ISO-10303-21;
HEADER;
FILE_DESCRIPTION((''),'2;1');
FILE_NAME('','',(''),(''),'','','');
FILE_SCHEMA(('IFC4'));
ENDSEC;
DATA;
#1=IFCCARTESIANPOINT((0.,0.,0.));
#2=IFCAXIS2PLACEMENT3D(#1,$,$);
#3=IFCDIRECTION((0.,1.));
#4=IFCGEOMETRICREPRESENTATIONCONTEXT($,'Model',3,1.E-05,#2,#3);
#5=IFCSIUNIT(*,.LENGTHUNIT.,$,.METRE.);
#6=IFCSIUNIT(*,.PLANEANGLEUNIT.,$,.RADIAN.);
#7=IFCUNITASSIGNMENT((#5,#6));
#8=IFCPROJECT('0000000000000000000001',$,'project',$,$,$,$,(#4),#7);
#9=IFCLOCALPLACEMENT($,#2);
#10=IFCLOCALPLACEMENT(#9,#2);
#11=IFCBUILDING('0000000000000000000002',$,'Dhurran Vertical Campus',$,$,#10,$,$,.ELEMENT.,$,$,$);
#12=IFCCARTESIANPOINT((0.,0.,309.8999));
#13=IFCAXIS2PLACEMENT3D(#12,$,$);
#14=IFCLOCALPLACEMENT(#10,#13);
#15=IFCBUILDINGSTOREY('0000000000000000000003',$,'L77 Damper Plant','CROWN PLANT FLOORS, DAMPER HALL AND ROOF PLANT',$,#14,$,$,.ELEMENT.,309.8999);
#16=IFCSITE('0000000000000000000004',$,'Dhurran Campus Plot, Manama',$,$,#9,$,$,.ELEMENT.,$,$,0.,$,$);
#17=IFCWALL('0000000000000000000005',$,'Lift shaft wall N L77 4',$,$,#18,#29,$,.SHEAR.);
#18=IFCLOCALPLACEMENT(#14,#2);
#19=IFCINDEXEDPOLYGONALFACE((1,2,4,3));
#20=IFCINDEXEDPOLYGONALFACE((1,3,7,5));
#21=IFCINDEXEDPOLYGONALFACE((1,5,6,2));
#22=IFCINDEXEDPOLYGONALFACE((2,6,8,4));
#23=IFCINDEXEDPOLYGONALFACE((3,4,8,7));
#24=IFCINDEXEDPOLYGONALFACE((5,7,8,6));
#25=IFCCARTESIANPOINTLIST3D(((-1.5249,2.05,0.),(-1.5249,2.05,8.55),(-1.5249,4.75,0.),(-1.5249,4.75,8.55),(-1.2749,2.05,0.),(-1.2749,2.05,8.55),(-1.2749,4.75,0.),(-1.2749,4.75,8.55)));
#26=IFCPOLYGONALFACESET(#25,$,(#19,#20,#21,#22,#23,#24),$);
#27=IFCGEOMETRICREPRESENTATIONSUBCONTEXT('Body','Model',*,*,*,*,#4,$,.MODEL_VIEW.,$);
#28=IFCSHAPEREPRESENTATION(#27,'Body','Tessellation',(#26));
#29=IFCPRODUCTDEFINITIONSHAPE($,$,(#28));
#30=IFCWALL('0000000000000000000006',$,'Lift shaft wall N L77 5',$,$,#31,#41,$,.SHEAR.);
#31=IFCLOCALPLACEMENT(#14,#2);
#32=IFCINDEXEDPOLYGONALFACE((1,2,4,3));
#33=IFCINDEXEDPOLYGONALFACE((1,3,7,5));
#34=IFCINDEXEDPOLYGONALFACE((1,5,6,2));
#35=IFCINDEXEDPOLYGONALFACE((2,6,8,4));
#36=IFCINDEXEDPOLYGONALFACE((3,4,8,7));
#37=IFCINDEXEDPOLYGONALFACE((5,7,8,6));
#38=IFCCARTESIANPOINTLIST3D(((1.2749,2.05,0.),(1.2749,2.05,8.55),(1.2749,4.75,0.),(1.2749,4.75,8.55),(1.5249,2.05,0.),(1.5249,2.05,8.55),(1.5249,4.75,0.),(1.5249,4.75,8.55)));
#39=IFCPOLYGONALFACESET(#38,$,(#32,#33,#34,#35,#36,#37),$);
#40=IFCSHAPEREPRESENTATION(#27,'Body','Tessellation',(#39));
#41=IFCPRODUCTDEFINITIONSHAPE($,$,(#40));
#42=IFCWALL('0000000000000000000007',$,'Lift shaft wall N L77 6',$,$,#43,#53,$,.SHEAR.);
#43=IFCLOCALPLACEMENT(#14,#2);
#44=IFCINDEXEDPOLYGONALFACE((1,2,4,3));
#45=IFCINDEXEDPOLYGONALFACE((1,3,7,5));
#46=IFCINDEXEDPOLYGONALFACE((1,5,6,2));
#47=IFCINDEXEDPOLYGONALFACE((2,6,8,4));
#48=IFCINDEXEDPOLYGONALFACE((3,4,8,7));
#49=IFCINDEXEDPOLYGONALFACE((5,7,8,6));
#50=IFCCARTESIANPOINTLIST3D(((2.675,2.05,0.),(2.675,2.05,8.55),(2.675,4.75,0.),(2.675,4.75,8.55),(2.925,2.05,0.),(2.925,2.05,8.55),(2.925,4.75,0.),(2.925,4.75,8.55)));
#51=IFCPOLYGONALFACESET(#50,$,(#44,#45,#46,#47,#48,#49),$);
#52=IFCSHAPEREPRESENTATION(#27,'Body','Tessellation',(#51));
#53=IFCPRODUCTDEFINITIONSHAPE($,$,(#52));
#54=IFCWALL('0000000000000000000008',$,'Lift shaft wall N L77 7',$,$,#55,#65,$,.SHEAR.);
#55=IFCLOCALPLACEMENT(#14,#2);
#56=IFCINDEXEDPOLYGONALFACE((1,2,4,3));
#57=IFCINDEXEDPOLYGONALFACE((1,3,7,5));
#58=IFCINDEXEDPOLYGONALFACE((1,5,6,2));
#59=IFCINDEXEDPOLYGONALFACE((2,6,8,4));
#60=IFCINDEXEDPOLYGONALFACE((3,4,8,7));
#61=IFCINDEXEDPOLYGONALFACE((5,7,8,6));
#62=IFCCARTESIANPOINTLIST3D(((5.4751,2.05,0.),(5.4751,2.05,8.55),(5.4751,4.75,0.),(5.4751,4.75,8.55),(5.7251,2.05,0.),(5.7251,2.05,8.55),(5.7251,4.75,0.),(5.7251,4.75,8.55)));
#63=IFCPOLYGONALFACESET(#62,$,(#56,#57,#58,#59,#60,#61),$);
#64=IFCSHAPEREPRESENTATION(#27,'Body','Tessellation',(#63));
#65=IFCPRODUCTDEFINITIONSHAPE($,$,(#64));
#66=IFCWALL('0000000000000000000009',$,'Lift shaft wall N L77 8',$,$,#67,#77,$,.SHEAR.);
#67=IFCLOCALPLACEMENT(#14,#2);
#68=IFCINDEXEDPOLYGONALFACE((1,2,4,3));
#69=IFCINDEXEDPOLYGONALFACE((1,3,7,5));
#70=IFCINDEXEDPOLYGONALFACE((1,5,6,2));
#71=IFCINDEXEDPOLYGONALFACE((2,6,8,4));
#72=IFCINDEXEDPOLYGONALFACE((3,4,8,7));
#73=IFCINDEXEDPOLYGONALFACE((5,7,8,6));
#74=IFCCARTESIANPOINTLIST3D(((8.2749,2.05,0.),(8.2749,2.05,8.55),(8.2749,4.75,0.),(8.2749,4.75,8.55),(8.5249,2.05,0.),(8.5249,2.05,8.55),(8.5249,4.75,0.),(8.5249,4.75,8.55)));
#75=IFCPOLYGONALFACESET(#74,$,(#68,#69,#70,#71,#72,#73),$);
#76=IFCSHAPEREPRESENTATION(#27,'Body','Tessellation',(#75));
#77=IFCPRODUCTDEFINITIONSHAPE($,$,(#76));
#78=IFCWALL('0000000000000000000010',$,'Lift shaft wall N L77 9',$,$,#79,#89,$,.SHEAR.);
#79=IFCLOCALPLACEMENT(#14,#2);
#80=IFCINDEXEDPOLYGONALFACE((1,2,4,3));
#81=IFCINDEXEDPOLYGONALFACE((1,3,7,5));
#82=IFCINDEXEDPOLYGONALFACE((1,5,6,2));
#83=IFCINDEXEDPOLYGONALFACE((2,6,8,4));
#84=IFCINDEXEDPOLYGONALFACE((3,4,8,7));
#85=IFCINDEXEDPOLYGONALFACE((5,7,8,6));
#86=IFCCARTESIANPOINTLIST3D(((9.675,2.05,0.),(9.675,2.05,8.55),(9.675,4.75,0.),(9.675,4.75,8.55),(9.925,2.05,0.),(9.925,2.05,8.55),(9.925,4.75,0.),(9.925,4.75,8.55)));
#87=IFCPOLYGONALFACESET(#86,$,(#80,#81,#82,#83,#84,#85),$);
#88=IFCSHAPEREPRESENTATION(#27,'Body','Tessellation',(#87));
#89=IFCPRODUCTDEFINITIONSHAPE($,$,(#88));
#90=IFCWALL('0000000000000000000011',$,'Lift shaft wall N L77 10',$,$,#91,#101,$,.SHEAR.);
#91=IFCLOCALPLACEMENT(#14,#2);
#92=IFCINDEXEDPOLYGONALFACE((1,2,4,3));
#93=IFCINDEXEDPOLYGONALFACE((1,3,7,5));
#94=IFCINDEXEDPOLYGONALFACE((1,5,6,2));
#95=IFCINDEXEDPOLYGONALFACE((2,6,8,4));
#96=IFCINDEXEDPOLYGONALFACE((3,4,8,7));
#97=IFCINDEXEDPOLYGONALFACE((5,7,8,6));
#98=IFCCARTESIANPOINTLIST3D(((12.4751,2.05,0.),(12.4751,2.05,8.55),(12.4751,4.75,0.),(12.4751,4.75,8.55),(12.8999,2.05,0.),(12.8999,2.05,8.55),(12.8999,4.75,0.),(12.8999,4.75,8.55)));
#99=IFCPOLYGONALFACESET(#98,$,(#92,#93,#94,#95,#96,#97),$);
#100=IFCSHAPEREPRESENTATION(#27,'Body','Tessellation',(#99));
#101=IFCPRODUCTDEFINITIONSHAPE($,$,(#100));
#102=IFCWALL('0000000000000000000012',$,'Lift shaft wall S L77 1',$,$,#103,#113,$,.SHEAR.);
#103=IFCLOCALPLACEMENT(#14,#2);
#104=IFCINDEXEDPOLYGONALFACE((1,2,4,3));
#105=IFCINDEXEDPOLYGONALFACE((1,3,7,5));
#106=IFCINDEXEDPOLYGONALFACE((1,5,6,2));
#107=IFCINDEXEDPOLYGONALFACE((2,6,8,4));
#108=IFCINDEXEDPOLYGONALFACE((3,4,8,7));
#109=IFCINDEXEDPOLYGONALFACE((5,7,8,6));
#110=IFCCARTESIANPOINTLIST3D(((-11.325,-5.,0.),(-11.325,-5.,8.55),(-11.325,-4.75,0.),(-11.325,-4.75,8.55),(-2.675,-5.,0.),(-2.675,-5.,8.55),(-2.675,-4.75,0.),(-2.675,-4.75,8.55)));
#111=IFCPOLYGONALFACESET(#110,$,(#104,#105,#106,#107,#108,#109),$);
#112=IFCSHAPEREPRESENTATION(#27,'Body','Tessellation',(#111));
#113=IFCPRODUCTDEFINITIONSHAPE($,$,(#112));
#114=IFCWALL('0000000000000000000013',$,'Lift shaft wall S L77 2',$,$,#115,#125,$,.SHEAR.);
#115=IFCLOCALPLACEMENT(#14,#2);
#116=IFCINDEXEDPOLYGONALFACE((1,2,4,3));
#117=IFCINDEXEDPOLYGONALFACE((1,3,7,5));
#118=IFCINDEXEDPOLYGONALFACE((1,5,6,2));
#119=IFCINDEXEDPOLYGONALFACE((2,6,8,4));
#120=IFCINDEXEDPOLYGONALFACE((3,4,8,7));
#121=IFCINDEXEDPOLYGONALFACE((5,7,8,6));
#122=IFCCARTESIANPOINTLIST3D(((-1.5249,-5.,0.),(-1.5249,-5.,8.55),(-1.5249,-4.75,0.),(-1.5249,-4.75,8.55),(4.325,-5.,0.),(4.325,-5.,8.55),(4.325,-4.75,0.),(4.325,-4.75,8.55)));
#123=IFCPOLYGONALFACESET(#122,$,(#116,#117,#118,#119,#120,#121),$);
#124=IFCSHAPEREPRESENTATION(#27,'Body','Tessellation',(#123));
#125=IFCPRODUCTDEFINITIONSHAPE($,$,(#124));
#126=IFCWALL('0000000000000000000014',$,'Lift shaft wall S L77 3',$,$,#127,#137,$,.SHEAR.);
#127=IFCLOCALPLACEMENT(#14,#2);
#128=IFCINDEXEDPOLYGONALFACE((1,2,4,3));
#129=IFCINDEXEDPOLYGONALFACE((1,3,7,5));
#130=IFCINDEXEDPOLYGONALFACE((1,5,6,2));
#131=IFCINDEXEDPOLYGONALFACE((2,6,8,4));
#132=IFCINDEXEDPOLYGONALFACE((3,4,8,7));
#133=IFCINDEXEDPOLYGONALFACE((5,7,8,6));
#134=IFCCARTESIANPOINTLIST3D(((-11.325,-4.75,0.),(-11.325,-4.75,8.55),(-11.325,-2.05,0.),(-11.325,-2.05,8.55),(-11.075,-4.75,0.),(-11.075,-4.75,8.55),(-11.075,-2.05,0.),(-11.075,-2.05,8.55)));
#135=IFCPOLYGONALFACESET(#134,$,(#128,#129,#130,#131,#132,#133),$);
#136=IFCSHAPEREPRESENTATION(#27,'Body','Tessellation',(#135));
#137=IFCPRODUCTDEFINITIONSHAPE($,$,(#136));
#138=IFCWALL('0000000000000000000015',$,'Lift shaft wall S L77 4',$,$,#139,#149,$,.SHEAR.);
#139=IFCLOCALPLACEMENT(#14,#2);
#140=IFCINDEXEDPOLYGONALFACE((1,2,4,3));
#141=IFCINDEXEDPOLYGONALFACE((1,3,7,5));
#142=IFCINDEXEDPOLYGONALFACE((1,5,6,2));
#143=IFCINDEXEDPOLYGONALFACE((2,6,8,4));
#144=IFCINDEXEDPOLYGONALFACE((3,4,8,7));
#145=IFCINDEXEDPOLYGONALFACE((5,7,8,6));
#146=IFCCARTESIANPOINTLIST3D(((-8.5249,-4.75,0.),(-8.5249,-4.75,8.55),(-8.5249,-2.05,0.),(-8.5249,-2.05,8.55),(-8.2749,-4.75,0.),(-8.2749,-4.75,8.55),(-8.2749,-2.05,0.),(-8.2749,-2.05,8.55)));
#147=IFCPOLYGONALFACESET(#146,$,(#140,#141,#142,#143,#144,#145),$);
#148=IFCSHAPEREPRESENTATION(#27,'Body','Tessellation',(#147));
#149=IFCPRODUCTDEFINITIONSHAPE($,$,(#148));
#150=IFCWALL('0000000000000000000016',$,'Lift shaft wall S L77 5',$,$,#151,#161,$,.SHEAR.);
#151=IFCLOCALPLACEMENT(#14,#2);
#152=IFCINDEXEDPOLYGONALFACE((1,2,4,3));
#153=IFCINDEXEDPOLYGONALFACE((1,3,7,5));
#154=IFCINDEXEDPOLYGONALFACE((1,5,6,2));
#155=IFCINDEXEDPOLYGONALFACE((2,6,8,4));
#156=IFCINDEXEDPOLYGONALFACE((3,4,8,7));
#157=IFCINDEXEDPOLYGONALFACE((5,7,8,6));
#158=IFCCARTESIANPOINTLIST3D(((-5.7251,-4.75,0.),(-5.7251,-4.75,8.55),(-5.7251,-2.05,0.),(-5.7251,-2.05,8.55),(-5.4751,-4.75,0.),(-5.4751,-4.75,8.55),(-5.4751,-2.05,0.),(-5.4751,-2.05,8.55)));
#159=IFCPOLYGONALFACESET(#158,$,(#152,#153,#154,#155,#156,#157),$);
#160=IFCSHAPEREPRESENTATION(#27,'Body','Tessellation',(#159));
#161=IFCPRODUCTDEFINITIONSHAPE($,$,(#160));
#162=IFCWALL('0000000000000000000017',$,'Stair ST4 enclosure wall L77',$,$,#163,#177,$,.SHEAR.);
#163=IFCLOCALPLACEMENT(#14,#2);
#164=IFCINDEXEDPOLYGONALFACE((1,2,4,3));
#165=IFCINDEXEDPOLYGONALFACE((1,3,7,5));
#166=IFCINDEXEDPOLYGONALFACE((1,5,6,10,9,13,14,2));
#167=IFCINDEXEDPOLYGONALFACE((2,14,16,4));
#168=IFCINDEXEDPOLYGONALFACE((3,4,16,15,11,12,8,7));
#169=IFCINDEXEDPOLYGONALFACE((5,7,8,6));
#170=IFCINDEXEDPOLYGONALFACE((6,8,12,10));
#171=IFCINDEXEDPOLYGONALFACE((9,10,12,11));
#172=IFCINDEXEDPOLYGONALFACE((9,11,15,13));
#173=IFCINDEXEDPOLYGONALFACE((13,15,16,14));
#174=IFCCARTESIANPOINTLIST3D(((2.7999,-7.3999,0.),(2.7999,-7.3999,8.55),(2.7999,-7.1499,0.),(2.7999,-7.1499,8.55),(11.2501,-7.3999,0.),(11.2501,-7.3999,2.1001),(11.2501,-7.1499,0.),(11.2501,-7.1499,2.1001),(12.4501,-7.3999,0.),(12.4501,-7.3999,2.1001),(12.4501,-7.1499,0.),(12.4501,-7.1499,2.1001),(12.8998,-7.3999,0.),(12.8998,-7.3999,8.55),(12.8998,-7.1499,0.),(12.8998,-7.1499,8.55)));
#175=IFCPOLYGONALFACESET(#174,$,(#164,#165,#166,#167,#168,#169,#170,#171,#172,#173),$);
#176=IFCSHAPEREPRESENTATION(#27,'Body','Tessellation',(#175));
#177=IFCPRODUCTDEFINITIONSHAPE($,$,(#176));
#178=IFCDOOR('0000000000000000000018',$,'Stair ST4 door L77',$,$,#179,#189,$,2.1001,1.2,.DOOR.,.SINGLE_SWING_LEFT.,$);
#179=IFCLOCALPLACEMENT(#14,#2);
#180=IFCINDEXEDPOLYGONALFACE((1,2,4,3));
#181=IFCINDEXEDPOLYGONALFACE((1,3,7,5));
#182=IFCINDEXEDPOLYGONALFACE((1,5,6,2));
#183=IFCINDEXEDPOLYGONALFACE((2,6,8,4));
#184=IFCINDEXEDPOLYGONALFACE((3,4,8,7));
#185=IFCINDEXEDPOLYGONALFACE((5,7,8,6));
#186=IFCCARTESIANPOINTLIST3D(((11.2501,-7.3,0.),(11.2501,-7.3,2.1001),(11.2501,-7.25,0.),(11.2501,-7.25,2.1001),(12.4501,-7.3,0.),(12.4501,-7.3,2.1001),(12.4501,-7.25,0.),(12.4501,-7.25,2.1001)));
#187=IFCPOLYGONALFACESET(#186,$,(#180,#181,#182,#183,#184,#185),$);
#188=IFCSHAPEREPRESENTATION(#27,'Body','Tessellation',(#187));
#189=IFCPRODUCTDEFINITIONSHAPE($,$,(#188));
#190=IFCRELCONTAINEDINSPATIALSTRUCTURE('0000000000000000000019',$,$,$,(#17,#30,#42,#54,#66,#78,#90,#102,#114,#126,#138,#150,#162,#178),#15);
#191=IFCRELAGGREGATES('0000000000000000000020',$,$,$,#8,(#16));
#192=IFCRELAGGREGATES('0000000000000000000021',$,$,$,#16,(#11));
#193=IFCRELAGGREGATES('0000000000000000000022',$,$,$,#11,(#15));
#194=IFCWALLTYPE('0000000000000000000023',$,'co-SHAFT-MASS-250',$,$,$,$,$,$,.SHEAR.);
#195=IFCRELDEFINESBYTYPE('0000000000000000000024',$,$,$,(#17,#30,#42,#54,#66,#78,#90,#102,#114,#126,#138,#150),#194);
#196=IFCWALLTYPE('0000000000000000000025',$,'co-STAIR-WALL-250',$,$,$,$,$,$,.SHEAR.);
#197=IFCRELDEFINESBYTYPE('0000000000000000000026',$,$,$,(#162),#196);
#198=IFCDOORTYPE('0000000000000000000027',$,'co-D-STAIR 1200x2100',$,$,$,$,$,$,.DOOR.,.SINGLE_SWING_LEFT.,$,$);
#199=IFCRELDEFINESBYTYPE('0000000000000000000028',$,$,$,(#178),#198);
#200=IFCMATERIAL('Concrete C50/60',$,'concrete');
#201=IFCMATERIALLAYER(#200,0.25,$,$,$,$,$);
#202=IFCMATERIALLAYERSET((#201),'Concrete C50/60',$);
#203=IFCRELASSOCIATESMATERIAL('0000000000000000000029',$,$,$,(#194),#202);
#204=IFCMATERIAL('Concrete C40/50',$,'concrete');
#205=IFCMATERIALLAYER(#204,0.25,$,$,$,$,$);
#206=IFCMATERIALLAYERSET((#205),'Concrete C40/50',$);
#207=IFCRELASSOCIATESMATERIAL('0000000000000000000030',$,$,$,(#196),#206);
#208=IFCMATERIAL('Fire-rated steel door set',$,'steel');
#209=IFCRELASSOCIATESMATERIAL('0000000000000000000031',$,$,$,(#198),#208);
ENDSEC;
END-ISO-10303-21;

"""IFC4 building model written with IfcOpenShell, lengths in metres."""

from ifc_helpers import new_model, si_unit, direction, frame, frame_2d, origin, place, context, subcontext, project, spatial, polyline, rectangle, outline, extrude, material, layer, layer_set, type_object, element, fill, save


model = new_model("IFC4")

# Units and contexts
model_context = context("Model", 3, precision=1e-05, world=origin(), true_north=direction((0.0, 1.0)))
body_context = subcontext(model_context, "Body", "Model", "MODEL_VIEW")
ifc_project = project(units=[si_unit("LENGTHUNIT", "METRE"), si_unit("PLANEANGLEUNIT", "RADIAN")], contexts=[model_context])

# Site, building, storey
site_placement = place(None, origin())
site = spatial("IfcSite", under=ifc_project, at=site_placement, Name="Dhurran Campus Plot, Manama", CompositionType="ELEMENT", RefElevation=0.0)
building_placement = place(site_placement, origin())
building = spatial("IfcBuilding", under=site, at=building_placement, Name="Dhurran Vertical Campus", CompositionType="ELEMENT")
storey_placement = place(building_placement, frame((0.0, 0.0, 309.8999)))
storey = spatial("IfcBuildingStorey", under=building, at=storey_placement, Name="L77 Damper Plant", Description="CROWN PLANT FLOORS, DAMPER HALL AND ROOF PLANT", CompositionType="ELEMENT", Elevation=309.8999)

# Walls
ifc_material_1 = material(Name="Concrete C50/60", Category="concrete")
ifc_layer_1 = layer(ifc_material_1, 0.25)
ifc_layer_set_1 = layer_set([ifc_layer_1], Name="Concrete C50/60")
wall_type_1 = type_object("IfcWallType", Name="co-SHAFT-MASS-250", PredefinedType="SHEAR", material=ifc_layer_set_1)
wall_1_placement = place(storey_placement, origin())
element("IfcWall", 1, at=wall_1_placement, inside=storey, type_object=wall_type_1, Name="Lift shaft wall N L77 4", PredefinedType="SHEAR", context=body_context, shape_type="SweptSolid", body=[
    extrude(outline(polyline([(-1.5249, 2.05), (-1.2749, 2.05), (-1.2749, 4.75), (-1.5249, 4.75), (-1.5249, 2.05)])), origin(), (0.0, 0.0, 1.0), 8.55),
])
wall_2_placement = place(storey_placement, origin())
element("IfcWall", 2, at=wall_2_placement, inside=storey, type_object=wall_type_1, Name="Lift shaft wall N L77 5", PredefinedType="SHEAR", context=body_context, shape_type="SweptSolid", body=[
    extrude(outline(polyline([(1.2749, 2.05), (1.5249, 2.05), (1.5249, 4.75), (1.2749, 4.75), (1.2749, 2.05)])), origin(), (0.0, 0.0, 1.0), 8.55),
])
wall_3_placement = place(storey_placement, origin())
element("IfcWall", 3, at=wall_3_placement, inside=storey, type_object=wall_type_1, Name="Lift shaft wall N L77 6", PredefinedType="SHEAR", context=body_context, shape_type="SweptSolid", body=[
    extrude(outline(polyline([(2.675, 2.05), (2.925, 2.05), (2.925, 4.75), (2.675, 4.75), (2.675, 2.05)])), origin(), (0.0, 0.0, 1.0), 8.55),
])
wall_4_placement = place(storey_placement, origin())
element("IfcWall", 4, at=wall_4_placement, inside=storey, type_object=wall_type_1, Name="Lift shaft wall N L77 7", PredefinedType="SHEAR", context=body_context, shape_type="SweptSolid", body=[
    extrude(outline(polyline([(5.4751, 2.05), (5.7251, 2.05), (5.7251, 4.75), (5.4751, 4.75), (5.4751, 2.05)])), origin(), (0.0, 0.0, 1.0), 8.55),
])
wall_5_placement = place(storey_placement, origin())
element("IfcWall", 5, at=wall_5_placement, inside=storey, type_object=wall_type_1, Name="Lift shaft wall N L77 8", PredefinedType="SHEAR", context=body_context, shape_type="SweptSolid", body=[
    extrude(outline(polyline([(8.2749, 2.05), (8.5249, 2.05), (8.5249, 4.75), (8.2749, 4.75), (8.2749, 2.05)])), origin(), (0.0, 0.0, 1.0), 8.55),
])
wall_6_placement = place(storey_placement, origin())
element("IfcWall", 6, at=wall_6_placement, inside=storey, type_object=wall_type_1, Name="Lift shaft wall N L77 9", PredefinedType="SHEAR", context=body_context, shape_type="SweptSolid", body=[
    extrude(outline(polyline([(9.675, 2.05), (9.925, 2.05), (9.925, 4.75), (9.675, 4.75), (9.675, 2.05)])), origin(), (0.0, 0.0, 1.0), 8.55),
])
wall_7_placement = place(storey_placement, origin())
element("IfcWall", 7, at=wall_7_placement, inside=storey, type_object=wall_type_1, Name="Lift shaft wall N L77 10", PredefinedType="SHEAR", context=body_context, shape_type="SweptSolid", body=[
    extrude(outline(polyline([(12.4751, 2.05), (12.8999, 2.05), (12.8999, 4.75), (12.4751, 4.75), (12.4751, 2.05)])), origin(), (0.0, 0.0, 1.0), 8.55),
])
wall_8_placement = place(storey_placement, origin())
element("IfcWall", 8, at=wall_8_placement, inside=storey, type_object=wall_type_1, Name="Lift shaft wall S L77 1", PredefinedType="SHEAR", context=body_context, shape_type="SweptSolid", body=[
    extrude(outline(polyline([(-11.325, -5.0), (-2.675, -5.0), (-2.675, -4.75), (-11.325, -4.75), (-11.325, -5.0)])), origin(), (0.0, 0.0, 1.0), 8.55),
])
wall_9_placement = place(storey_placement, origin())
element("IfcWall", 9, at=wall_9_placement, inside=storey, type_object=wall_type_1, Name="Lift shaft wall S L77 2", PredefinedType="SHEAR", context=body_context, shape_type="SweptSolid", body=[
    extrude(outline(polyline([(-1.5249, -5.0), (4.325, -5.0), (4.325, -4.75), (-1.5249, -4.75), (-1.5249, -5.0)])), origin(), (0.0, 0.0, 1.0), 8.55),
])
wall_10_placement = place(storey_placement, origin())
element("IfcWall", 10, at=wall_10_placement, inside=storey, type_object=wall_type_1, Name="Lift shaft wall S L77 3", PredefinedType="SHEAR", context=body_context, shape_type="SweptSolid", body=[
    extrude(outline(polyline([(-11.325, -4.75), (-11.075, -4.75), (-11.075, -2.05), (-11.325, -2.05), (-11.325, -4.75)])), origin(), (0.0, 0.0, 1.0), 8.55),
])
wall_11_placement = place(storey_placement, origin())
element("IfcWall", 11, at=wall_11_placement, inside=storey, type_object=wall_type_1, Name="Lift shaft wall S L77 4", PredefinedType="SHEAR", context=body_context, shape_type="SweptSolid", body=[
    extrude(outline(polyline([(-8.5249, -4.75), (-8.2749, -4.75), (-8.2749, -2.05), (-8.5249, -2.05), (-8.5249, -4.75)])), origin(), (0.0, 0.0, 1.0), 8.55),
])
wall_12_placement = place(storey_placement, origin())
element("IfcWall", 12, at=wall_12_placement, inside=storey, type_object=wall_type_1, Name="Lift shaft wall S L77 5", PredefinedType="SHEAR", context=body_context, shape_type="SweptSolid", body=[
    extrude(outline(polyline([(-5.7251, -4.75), (-5.4751, -4.75), (-5.4751, -2.05), (-5.7251, -2.05), (-5.7251, -4.75)])), origin(), (0.0, 0.0, 1.0), 8.55),
])

# Wall, opening, door
ifc_material_2 = material(Name="Concrete C40/50", Category="concrete")
ifc_layer_2 = layer(ifc_material_2, 0.25)
ifc_layer_set_2 = layer_set([ifc_layer_2], Name="Concrete C40/50")
wall_type_2 = type_object("IfcWallType", Name="co-STAIR-WALL-250", PredefinedType="SHEAR", material=ifc_layer_set_2)
wall_13_placement = place(storey_placement, frame((2.8, -7.2749, 0.0), z_axis=(0.0, 0.0, 1.0), x_axis=(1.0, 0.0, 0.0)))
wall_13 = element("IfcWall", 13, at=wall_13_placement, inside=storey, type_object=wall_type_2, Name="Stair ST4 enclosure wall L77", PredefinedType="SHEAR", context=body_context, shape_type="SweptSolid", body=[
    extrude(rectangle(XDim=10.0999, YDim=0.25, at=frame_2d((5.0498, 0.0))), origin(), (0.0, 0.0, 1.0), 8.55),
])
opening_1_placement = place(wall_13_placement, frame((8.45, 0.0, 0.0)))
opening_1 = element("IfcOpeningElement", 14, at=opening_1_placement, cuts=wall_13, PredefinedType="OPENING", context=body_context, shape_type="SweptSolid", body=[
    extrude(rectangle(XDim=1.2, YDim=2.1001, at=frame_2d((0.6001, 1.05))), frame((0.0, 0.135, 0.0), z_axis=(0.0, -1.0, 0.0), x_axis=(1.0, 0.0, 0.0)), (0.0, 0.0, 1.0), 0.27),
])
ifc_material_3 = material(Name="Fire-rated steel door set", Category="steel")
door_type_1 = type_object("IfcDoorType", Name="co-D-STAIR 1200x2100", OperationType="SINGLE_SWING_LEFT", PredefinedType="DOOR", material=ifc_material_3)
door_1_placement = place(opening_1_placement, origin())
door_1 = element("IfcDoor", 15, at=door_1_placement, inside=storey, type_object=door_type_1, Name="Stair ST4 door L77", OperationType="SINGLE_SWING_LEFT", OverallHeight=2.1001, OverallWidth=1.2, PredefinedType="DOOR", context=body_context, shape_type="SweptSolid", body=[
    extrude(rectangle(XDim=1.2, YDim=2.1001, at=frame_2d((0.6001, 1.05))), frame((0.0, 0.0249, 0.0), z_axis=(0.0, -1.0, 0.0), x_axis=(1.0, 0.0, 0.0)), (0.0, 0.0, 1.0), 0.05),
])
fill(opening_1, door_1)

save(model, "model.ifc")
